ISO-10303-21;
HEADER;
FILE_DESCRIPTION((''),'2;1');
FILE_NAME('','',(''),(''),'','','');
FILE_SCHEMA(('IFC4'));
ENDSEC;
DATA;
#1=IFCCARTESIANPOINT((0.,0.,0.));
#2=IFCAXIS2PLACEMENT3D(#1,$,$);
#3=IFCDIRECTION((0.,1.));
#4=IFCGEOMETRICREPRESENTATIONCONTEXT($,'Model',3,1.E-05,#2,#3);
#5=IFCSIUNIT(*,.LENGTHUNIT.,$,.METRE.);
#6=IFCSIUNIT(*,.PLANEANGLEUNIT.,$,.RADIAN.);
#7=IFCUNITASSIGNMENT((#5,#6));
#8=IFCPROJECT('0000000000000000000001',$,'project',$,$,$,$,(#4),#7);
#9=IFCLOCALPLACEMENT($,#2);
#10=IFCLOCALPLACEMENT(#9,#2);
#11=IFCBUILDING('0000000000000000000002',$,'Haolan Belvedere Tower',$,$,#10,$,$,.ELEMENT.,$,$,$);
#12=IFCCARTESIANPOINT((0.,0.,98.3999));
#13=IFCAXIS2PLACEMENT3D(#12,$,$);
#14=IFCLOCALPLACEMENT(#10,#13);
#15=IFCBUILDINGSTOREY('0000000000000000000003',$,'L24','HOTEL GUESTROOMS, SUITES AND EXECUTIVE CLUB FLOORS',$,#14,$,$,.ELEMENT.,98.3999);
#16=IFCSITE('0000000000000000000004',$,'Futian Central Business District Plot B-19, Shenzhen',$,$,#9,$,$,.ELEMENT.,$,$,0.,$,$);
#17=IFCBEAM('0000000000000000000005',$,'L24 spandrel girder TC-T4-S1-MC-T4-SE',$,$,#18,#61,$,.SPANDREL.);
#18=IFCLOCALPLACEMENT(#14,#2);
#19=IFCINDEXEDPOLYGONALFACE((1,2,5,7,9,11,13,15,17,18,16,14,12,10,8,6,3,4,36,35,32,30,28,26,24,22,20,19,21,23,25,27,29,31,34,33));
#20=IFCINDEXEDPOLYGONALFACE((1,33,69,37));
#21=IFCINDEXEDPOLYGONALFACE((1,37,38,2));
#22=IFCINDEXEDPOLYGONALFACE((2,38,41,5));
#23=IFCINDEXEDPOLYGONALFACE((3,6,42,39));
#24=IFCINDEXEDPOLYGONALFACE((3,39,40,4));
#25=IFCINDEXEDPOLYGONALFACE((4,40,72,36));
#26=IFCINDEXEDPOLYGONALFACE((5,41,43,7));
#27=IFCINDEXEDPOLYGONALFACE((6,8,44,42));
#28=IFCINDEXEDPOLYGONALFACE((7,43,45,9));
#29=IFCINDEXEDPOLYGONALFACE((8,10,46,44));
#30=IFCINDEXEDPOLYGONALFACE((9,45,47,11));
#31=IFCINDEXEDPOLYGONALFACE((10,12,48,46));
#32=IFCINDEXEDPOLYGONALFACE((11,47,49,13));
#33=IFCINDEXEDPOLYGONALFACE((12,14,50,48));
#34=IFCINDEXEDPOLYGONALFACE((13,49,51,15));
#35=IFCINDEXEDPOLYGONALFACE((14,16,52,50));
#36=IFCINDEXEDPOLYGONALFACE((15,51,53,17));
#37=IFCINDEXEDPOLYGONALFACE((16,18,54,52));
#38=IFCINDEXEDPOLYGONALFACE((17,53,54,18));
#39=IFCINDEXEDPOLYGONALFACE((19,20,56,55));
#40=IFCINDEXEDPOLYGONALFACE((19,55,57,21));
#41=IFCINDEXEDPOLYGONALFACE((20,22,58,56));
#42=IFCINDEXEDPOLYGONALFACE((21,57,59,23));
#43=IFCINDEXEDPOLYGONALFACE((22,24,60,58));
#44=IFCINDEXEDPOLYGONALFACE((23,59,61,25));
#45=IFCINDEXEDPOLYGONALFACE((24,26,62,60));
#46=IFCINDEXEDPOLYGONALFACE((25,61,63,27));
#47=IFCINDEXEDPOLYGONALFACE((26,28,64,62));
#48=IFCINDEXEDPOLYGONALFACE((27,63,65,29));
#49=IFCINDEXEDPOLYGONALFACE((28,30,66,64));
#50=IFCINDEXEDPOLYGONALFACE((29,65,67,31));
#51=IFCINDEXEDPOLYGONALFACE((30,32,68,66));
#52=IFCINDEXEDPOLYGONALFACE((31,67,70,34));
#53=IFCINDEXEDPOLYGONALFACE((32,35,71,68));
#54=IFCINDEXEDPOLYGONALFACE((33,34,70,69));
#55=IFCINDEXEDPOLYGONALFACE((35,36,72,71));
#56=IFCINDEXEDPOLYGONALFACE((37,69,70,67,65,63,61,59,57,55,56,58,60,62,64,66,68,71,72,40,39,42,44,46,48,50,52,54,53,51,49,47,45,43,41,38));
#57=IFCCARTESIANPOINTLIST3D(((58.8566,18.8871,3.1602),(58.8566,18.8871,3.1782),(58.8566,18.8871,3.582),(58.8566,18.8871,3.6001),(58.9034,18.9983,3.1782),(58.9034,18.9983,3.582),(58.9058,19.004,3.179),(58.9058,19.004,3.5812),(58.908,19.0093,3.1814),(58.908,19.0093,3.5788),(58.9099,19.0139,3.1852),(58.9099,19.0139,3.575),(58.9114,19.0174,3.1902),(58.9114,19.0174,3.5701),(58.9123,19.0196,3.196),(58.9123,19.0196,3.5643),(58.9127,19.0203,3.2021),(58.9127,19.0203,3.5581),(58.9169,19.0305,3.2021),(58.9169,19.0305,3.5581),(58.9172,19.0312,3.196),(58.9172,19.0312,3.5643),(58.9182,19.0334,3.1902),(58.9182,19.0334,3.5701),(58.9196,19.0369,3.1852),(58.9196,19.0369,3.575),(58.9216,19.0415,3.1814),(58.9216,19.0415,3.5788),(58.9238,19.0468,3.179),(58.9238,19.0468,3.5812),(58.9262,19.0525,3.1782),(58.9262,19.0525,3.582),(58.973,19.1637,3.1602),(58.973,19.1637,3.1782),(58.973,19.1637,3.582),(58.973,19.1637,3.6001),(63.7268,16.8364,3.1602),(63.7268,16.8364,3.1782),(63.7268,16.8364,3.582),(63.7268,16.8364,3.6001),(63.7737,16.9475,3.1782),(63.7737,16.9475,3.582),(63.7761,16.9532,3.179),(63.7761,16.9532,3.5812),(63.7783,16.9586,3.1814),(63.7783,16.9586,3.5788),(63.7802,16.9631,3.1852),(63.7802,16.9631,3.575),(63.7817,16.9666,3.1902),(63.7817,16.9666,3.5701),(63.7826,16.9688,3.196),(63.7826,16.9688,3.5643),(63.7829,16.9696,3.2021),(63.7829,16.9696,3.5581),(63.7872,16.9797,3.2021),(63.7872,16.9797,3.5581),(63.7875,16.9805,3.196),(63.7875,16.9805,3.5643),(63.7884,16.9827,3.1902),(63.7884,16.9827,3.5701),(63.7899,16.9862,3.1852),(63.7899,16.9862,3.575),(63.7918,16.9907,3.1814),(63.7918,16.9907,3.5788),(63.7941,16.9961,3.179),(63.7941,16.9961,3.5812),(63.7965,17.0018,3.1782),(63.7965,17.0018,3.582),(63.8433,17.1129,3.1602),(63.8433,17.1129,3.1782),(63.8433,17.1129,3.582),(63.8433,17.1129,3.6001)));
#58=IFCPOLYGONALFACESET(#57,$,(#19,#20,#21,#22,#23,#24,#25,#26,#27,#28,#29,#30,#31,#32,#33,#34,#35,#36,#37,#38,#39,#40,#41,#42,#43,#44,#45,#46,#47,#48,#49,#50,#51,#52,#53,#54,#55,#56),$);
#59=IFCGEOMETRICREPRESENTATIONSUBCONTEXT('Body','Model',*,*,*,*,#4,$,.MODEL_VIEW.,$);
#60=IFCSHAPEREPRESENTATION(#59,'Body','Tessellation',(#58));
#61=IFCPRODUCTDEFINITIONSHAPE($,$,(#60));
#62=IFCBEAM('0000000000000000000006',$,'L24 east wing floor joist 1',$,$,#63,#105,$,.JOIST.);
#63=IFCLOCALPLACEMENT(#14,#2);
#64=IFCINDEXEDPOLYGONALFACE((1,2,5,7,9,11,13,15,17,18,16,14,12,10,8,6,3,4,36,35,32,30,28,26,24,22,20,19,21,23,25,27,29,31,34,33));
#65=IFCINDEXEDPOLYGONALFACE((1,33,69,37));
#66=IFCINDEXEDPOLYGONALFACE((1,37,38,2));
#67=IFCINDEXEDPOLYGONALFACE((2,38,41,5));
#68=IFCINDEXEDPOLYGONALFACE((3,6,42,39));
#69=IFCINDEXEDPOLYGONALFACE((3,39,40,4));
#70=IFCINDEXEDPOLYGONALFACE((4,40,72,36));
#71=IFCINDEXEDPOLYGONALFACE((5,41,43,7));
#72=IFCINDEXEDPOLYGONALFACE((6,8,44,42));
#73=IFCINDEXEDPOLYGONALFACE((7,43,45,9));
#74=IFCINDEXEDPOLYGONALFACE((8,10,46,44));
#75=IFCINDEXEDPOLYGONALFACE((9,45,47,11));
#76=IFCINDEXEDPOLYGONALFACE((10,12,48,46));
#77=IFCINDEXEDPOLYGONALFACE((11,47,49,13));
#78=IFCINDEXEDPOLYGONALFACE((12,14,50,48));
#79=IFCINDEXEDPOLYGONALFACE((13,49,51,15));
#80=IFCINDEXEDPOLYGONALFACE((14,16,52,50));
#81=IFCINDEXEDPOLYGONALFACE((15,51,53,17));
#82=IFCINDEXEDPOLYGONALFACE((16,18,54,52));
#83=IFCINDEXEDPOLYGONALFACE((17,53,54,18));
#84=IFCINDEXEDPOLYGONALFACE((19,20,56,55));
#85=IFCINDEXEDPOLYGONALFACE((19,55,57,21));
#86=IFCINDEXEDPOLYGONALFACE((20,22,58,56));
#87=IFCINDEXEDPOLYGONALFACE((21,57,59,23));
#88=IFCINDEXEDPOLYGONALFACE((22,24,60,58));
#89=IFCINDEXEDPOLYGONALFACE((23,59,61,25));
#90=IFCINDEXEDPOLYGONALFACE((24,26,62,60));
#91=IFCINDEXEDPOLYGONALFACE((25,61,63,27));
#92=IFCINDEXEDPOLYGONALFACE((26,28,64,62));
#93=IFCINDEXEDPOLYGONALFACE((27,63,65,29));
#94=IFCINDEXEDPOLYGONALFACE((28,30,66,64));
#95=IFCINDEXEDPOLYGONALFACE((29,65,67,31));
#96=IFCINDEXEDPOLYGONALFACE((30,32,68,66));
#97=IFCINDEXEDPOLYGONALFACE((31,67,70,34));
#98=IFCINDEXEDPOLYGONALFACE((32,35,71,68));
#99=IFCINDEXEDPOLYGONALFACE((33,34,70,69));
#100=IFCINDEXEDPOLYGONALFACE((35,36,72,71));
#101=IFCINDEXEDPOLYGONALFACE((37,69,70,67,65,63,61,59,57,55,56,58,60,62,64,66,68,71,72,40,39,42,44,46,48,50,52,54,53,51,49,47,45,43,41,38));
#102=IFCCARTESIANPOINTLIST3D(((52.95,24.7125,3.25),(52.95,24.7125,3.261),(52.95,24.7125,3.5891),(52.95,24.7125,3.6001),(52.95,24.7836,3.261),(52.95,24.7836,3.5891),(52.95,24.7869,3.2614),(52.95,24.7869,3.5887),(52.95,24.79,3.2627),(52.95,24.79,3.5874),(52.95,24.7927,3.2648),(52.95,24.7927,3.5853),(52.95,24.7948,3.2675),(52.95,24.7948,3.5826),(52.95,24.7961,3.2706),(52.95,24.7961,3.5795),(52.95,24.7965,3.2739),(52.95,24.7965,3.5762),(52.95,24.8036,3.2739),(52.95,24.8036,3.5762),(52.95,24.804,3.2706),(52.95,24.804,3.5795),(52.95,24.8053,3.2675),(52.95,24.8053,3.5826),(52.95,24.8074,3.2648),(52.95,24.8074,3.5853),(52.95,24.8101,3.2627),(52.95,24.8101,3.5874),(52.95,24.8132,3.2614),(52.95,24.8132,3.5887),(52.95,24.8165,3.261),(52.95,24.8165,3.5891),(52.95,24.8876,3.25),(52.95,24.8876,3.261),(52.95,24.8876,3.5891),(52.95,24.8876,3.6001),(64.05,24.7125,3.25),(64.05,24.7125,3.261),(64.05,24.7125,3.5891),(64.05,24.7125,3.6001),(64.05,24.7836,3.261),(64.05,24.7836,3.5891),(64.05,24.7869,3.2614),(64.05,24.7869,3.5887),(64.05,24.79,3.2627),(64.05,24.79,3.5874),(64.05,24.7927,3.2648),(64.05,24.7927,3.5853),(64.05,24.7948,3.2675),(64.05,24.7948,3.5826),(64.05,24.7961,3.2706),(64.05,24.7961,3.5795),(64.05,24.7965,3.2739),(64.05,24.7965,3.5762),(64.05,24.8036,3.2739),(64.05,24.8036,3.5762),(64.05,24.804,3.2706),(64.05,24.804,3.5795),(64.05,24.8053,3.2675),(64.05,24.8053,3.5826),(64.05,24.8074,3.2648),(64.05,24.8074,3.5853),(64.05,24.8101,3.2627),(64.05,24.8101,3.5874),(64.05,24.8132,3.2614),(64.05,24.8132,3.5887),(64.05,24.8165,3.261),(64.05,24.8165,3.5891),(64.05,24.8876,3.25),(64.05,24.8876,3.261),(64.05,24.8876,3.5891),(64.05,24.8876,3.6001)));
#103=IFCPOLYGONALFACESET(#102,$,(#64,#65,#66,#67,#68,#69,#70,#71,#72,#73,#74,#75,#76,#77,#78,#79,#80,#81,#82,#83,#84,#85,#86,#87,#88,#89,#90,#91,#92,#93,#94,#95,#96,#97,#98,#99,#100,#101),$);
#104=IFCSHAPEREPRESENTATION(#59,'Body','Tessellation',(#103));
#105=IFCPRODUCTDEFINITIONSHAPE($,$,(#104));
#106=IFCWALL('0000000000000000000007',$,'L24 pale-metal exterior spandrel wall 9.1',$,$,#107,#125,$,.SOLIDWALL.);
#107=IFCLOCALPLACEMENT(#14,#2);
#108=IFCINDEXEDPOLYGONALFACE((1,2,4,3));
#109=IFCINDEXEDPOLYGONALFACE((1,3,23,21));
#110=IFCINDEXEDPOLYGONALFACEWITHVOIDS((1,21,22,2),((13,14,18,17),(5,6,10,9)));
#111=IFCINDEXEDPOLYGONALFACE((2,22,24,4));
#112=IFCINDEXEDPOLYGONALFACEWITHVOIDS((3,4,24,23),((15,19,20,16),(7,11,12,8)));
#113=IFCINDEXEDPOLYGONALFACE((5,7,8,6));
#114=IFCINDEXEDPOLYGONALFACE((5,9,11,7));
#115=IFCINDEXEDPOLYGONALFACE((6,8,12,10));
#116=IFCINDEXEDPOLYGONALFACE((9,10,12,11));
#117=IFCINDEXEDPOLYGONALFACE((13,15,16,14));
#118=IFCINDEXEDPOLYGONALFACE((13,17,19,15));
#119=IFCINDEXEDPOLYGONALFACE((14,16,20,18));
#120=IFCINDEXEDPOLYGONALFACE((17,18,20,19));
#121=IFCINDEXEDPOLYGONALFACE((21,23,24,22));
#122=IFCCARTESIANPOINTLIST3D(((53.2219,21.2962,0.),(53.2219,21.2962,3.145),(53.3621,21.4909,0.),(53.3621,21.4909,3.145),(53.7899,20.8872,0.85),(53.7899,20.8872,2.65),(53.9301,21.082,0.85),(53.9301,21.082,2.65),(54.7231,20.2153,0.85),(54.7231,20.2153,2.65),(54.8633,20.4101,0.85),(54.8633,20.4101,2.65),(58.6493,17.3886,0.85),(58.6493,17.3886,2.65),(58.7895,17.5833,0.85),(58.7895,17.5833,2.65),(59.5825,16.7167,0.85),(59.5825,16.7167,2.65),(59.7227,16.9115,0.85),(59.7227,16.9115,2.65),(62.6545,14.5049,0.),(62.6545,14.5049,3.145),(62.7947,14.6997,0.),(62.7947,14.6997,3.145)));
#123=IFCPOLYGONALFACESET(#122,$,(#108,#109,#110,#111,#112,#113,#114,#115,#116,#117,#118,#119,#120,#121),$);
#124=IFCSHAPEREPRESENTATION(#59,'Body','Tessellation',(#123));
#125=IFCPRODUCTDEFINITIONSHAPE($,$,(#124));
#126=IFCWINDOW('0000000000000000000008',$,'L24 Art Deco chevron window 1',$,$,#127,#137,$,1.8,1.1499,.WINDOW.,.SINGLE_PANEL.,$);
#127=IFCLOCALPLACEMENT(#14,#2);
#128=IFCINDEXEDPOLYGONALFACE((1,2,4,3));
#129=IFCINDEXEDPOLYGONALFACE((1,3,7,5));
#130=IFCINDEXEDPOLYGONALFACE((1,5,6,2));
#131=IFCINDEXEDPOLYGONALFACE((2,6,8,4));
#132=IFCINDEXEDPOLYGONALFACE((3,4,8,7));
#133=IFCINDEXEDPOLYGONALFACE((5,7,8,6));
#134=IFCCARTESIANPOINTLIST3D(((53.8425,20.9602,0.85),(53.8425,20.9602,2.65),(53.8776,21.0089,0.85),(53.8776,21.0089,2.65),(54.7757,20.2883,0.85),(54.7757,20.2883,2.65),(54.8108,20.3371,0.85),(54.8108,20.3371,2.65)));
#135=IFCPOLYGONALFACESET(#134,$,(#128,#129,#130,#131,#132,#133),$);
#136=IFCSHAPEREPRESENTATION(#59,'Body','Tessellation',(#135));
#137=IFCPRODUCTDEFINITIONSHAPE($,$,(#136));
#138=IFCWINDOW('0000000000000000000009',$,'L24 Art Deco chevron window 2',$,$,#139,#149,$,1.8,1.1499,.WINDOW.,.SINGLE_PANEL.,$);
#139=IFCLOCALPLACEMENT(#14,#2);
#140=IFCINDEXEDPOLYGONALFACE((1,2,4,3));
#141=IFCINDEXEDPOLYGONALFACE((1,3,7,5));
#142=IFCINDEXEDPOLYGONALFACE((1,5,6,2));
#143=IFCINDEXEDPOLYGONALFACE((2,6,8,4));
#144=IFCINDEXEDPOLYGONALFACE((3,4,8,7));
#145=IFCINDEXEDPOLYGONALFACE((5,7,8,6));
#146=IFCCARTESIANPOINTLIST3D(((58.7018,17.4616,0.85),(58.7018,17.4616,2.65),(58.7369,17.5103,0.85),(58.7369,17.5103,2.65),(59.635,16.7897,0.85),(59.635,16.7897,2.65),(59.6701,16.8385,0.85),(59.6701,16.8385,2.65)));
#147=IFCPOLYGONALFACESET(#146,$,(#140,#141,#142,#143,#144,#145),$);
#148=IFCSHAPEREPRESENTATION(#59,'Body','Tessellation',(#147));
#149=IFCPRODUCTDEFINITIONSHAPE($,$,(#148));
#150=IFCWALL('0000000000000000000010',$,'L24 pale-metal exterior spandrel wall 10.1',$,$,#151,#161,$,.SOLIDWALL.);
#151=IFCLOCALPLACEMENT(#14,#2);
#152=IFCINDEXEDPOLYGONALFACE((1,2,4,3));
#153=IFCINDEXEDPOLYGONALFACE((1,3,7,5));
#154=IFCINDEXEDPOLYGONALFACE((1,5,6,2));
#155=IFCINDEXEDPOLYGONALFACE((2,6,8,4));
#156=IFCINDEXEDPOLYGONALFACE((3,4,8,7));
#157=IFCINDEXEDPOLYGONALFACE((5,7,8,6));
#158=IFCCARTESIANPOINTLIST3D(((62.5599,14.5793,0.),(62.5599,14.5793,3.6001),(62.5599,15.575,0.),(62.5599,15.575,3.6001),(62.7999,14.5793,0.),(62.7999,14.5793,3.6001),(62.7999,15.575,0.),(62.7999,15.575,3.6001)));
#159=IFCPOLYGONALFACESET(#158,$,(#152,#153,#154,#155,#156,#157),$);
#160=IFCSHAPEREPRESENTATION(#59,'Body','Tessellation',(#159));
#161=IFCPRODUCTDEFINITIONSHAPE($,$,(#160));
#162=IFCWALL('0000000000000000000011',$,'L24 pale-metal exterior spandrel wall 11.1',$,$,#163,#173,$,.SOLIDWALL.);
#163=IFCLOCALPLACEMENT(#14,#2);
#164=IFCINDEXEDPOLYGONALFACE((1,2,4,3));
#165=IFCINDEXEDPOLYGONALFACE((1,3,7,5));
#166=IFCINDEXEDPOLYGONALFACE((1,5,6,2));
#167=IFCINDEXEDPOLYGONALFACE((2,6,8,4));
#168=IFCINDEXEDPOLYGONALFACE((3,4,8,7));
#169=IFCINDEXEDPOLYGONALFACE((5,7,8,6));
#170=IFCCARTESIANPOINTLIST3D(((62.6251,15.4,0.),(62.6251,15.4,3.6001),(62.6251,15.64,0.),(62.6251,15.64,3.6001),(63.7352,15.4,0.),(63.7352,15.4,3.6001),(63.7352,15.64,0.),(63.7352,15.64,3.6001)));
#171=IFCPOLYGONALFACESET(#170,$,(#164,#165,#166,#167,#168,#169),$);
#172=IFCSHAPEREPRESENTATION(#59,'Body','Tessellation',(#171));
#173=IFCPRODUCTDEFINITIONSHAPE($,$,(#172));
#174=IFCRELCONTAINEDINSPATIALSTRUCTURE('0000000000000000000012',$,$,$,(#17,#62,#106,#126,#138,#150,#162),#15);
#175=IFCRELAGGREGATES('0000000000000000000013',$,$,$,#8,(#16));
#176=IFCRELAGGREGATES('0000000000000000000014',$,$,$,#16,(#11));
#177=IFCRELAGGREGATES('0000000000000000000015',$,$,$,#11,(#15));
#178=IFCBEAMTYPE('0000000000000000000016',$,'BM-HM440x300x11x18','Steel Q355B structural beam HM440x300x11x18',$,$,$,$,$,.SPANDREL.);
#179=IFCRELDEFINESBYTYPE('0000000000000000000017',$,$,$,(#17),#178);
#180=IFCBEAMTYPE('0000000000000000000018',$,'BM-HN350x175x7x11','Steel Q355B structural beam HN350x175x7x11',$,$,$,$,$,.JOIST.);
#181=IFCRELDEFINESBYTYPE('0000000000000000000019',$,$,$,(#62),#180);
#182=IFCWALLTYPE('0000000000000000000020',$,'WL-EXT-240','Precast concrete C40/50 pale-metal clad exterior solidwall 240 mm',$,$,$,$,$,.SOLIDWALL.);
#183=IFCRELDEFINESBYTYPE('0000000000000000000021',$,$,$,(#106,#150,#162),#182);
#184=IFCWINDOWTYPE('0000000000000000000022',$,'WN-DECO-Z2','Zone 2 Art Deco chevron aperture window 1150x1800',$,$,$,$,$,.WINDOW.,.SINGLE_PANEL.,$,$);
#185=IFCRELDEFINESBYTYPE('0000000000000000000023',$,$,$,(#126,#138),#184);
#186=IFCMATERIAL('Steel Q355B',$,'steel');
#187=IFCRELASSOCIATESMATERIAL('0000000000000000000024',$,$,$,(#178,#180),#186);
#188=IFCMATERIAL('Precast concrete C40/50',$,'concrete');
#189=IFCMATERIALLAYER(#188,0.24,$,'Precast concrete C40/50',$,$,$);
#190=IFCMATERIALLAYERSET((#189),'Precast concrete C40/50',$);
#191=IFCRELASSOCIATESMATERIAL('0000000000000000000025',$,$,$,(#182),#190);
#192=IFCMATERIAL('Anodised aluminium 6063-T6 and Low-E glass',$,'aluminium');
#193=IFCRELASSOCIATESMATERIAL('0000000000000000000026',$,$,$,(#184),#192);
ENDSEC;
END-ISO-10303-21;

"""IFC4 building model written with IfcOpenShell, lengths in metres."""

from ifc_helpers import new_model, si_unit, direction, frame, frame_2d, origin, origin_2d, place, context, subcontext, project, spatial, rectangle, i_section, extrude, material, layer, layer_set, material_profile, profile_set, type_object, element, fill, save


model = new_model("IFC4")

# Units and contexts
model_context = context("Model", 3, precision=1e-05, world=origin(), true_north=direction((0.0, 1.0)))
body_context = subcontext(model_context, "Body", "Model", "MODEL_VIEW")
ifc_project = project(units=[si_unit("LENGTHUNIT", "METRE"), si_unit("PLANEANGLEUNIT", "RADIAN")], contexts=[model_context])

# Site, building, storey
site_placement = place(None, origin())
site = spatial("IfcSite", under=ifc_project, at=site_placement, Name="Futian Central Business District Plot B-19, Shenzhen", CompositionType="ELEMENT", RefElevation=0.0)
building_placement = place(site_placement, origin())
building = spatial("IfcBuilding", under=site, at=building_placement, Name="Haolan Belvedere Tower", CompositionType="ELEMENT")
storey_placement = place(building_placement, frame((0.0, 0.0, 98.3999)))
storey = spatial("IfcBuildingStorey", under=building, at=storey_placement, Name="L24", Description="HOTEL GUESTROOMS, SUITES AND EXECUTIVE CLUB FLOORS", CompositionType="ELEMENT", Elevation=98.3999)

# Beams
ifc_material_1 = material(Name="Steel Q355B", Category="steel")
ifc_material_profile_1 = material_profile(ifc_material_1, i_section(OverallWidth=0.3, OverallDepth=0.4399, WebThickness=0.011, FlangeThickness=0.0181, FilletRadius=0.0239, at=origin_2d()), Name="Steel Q355B")
ifc_profile_set_1 = profile_set([ifc_material_profile_1], Name="Steel Q355B")
beam_type_1 = type_object("IfcBeamType", Name="BM-HM440x300x11x18", Description="Steel Q355B structural beam HM440x300x11x18", PredefinedType="SPANDREL", material=ifc_profile_set_1)
for number, where, z_axis, x_axis, name in (
    (1, (58.9148, 19.0254, 3.3801), (0.921628, -0.388074, 0.0), (0.388074, 0.921628, 0.0), "L24 spandrel girder TC-T4-S1-MC-T4-SE"),
):
    element("IfcBeam", number, at=place(storey_placement, frame(where, z_axis=z_axis, x_axis=x_axis)), inside=storey, type_object=beam_type_1, Name=name, PredefinedType="SPANDREL", context=body_context, shape_type="SweptSolid", body=[
        extrude(i_section(OverallWidth=0.3, OverallDepth=0.4399, WebThickness=0.011, FlangeThickness=0.0181, FilletRadius=0.0239, at=origin_2d()), origin(), (0.0, 0.0, 1.0), 5.2844),
    ])
ifc_material_profile_2 = material_profile(ifc_material_1, i_section(OverallWidth=0.175, OverallDepth=0.3501, WebThickness=0.0071, FlangeThickness=0.011, FilletRadius=0.0129, at=origin_2d()), Name="Steel Q355B")
ifc_profile_set_2 = profile_set([ifc_material_profile_2], Name="Steel Q355B")
beam_type_2 = type_object("IfcBeamType", Name="BM-HN350x175x7x11", Description="Steel Q355B structural beam HN350x175x7x11", PredefinedType="JOIST", material=ifc_profile_set_2)
beam_1_placement = place(storey_placement, frame((52.95, 24.8, 3.425), z_axis=(1.0, 0.0, 0.0), x_axis=(0.0, 1.0, 0.0)))
element("IfcBeam", 2, at=beam_1_placement, inside=storey, type_object=beam_type_2, Name="L24 east wing floor joist 1", PredefinedType="JOIST", context=body_context, shape_type="SweptSolid", body=[
    extrude(i_section(OverallWidth=0.175, OverallDepth=0.3501, WebThickness=0.0071, FlangeThickness=0.011, FilletRadius=0.0129, at=origin_2d()), origin(), (0.0, 0.0, 1.0), 11.1001),
])

# Wall, openings, windows
ifc_material_2 = material(Name="Precast concrete C40/50", Category="concrete")
ifc_layer_1 = layer(ifc_material_2, 0.24, Name="Precast concrete C40/50")
ifc_layer_set_1 = layer_set([ifc_layer_1], Name="Precast concrete C40/50")
wall_type_1 = type_object("IfcWallType", Name="WL-EXT-240", Description="Precast concrete C40/50 pale-metal clad exterior solidwall 240 mm", PredefinedType="SOLIDWALL", material=ifc_layer_set_1)
wall_1_placement = place(storey_placement, frame((53.292, 21.3936, 0.0), z_axis=(0.0, 0.0, 1.0), x_axis=(0.811544, -0.584292, 0.0)))
wall_1 = element("IfcWall", 3, at=wall_1_placement, inside=storey, type_object=wall_type_1, Name="L24 pale-metal exterior spandrel wall 9.1", PredefinedType="SOLIDWALL", context=body_context, shape_type="SweptSolid", body=[
    extrude(rectangle(XDim=11.623, YDim=0.24, at=frame_2d((5.8115, 0.0))), origin(), (0.0, 0.0, 1.0), 3.145),
])
opening_1_placement = place(wall_1_placement, frame((0.7, 0.0, 0.8501)))
opening_1 = element("IfcOpeningElement", 4, at=opening_1_placement, cuts=wall_1, PredefinedType="OPENING", context=body_context, shape_type="SweptSolid", body=[
    extrude(rectangle(XDim=1.1499, YDim=1.8, at=frame_2d((0.575, 0.8999))), frame((0.0, 0.1299, 0.0), z_axis=(0.0, -1.0, 0.0), x_axis=(1.0, 0.0, 0.0)), (0.0, 0.0, 1.0), 0.26),
])
opening_2_placement = place(wall_1_placement, frame((6.6877, 0.0, 0.8501)))
opening_2 = element("IfcOpeningElement", 5, at=opening_2_placement, cuts=wall_1, PredefinedType="OPENING", context=body_context, shape_type="SweptSolid", body=[
    extrude(rectangle(XDim=1.1499, YDim=1.8, at=frame_2d((0.575, 0.8999))), frame((0.0, 0.1299, 0.0), z_axis=(0.0, -1.0, 0.0), x_axis=(1.0, 0.0, 0.0)), (0.0, 0.0, 1.0), 0.26),
])
ifc_material_3 = material(Name="Anodised aluminium 6063-T6 and Low-E glass", Category="aluminium")
window_type = type_object("IfcWindowType", Name="WN-DECO-Z2", Description="Zone 2 Art Deco chevron aperture window 1150x1800", PartitioningType="SINGLE_PANEL", PredefinedType="WINDOW", material=ifc_material_3)
window_1_placement = place(opening_1_placement, origin())
window_1 = element("IfcWindow", 6, at=window_1_placement, inside=storey, type_object=window_type, Name="L24 Art Deco chevron window 1", OverallHeight=1.8, OverallWidth=1.1499, PartitioningType="SINGLE_PANEL", PredefinedType="WINDOW", context=body_context, shape_type="SweptSolid", body=[
    extrude(rectangle(XDim=1.1499, YDim=1.8, at=frame_2d((0.575, 0.8999))), frame((0.0, 0.03, 0.0), z_axis=(0.0, -1.0, 0.0), x_axis=(1.0, 0.0, 0.0)), (0.0, 0.0, 1.0), 0.0601),
])
fill(opening_1, window_1)
window_2_placement = place(opening_2_placement, origin())
window_2 = element("IfcWindow", 7, at=window_2_placement, inside=storey, type_object=window_type, Name="L24 Art Deco chevron window 2", OverallHeight=1.8, OverallWidth=1.1499, PartitioningType="SINGLE_PANEL", PredefinedType="WINDOW", context=body_context, shape_type="SweptSolid", body=[
    extrude(rectangle(XDim=1.1499, YDim=1.8, at=frame_2d((0.575, 0.8999))), frame((0.0, 0.03, 0.0), z_axis=(0.0, -1.0, 0.0), x_axis=(1.0, 0.0, 0.0)), (0.0, 0.0, 1.0), 0.0601),
])
fill(opening_2, window_2)

# Walls
wall_2_placement = place(storey_placement, frame((62.6799, 14.5793, 0.0), z_axis=(0.0, 0.0, 1.0), x_axis=(0.0, 1.0, 0.0)))
element("IfcWall", 8, at=wall_2_placement, inside=storey, type_object=wall_type_1, Name="L24 pale-metal exterior spandrel wall 10.1", PredefinedType="SOLIDWALL", context=body_context, shape_type="SweptSolid", body=[
    extrude(rectangle(XDim=0.9956, YDim=0.24, at=frame_2d((0.4978, 0.0))), origin(), (0.0, 0.0, 1.0), 3.6001),
])
wall_3_placement = place(storey_placement, frame((62.625, 15.52, 0.0), z_axis=(0.0, 0.0, 1.0), x_axis=(1.0, 0.0, 0.0)))
element("IfcWall", 9, at=wall_3_placement, inside=storey, type_object=wall_type_1, Name="L24 pale-metal exterior spandrel wall 11.1", PredefinedType="SOLIDWALL", context=body_context, shape_type="SweptSolid", body=[
    extrude(rectangle(XDim=1.1101, YDim=0.24, at=frame_2d((0.5552, 0.0))), origin(), (0.0, 0.0, 1.0), 3.6001),
])

save(model, "model.ifc")
